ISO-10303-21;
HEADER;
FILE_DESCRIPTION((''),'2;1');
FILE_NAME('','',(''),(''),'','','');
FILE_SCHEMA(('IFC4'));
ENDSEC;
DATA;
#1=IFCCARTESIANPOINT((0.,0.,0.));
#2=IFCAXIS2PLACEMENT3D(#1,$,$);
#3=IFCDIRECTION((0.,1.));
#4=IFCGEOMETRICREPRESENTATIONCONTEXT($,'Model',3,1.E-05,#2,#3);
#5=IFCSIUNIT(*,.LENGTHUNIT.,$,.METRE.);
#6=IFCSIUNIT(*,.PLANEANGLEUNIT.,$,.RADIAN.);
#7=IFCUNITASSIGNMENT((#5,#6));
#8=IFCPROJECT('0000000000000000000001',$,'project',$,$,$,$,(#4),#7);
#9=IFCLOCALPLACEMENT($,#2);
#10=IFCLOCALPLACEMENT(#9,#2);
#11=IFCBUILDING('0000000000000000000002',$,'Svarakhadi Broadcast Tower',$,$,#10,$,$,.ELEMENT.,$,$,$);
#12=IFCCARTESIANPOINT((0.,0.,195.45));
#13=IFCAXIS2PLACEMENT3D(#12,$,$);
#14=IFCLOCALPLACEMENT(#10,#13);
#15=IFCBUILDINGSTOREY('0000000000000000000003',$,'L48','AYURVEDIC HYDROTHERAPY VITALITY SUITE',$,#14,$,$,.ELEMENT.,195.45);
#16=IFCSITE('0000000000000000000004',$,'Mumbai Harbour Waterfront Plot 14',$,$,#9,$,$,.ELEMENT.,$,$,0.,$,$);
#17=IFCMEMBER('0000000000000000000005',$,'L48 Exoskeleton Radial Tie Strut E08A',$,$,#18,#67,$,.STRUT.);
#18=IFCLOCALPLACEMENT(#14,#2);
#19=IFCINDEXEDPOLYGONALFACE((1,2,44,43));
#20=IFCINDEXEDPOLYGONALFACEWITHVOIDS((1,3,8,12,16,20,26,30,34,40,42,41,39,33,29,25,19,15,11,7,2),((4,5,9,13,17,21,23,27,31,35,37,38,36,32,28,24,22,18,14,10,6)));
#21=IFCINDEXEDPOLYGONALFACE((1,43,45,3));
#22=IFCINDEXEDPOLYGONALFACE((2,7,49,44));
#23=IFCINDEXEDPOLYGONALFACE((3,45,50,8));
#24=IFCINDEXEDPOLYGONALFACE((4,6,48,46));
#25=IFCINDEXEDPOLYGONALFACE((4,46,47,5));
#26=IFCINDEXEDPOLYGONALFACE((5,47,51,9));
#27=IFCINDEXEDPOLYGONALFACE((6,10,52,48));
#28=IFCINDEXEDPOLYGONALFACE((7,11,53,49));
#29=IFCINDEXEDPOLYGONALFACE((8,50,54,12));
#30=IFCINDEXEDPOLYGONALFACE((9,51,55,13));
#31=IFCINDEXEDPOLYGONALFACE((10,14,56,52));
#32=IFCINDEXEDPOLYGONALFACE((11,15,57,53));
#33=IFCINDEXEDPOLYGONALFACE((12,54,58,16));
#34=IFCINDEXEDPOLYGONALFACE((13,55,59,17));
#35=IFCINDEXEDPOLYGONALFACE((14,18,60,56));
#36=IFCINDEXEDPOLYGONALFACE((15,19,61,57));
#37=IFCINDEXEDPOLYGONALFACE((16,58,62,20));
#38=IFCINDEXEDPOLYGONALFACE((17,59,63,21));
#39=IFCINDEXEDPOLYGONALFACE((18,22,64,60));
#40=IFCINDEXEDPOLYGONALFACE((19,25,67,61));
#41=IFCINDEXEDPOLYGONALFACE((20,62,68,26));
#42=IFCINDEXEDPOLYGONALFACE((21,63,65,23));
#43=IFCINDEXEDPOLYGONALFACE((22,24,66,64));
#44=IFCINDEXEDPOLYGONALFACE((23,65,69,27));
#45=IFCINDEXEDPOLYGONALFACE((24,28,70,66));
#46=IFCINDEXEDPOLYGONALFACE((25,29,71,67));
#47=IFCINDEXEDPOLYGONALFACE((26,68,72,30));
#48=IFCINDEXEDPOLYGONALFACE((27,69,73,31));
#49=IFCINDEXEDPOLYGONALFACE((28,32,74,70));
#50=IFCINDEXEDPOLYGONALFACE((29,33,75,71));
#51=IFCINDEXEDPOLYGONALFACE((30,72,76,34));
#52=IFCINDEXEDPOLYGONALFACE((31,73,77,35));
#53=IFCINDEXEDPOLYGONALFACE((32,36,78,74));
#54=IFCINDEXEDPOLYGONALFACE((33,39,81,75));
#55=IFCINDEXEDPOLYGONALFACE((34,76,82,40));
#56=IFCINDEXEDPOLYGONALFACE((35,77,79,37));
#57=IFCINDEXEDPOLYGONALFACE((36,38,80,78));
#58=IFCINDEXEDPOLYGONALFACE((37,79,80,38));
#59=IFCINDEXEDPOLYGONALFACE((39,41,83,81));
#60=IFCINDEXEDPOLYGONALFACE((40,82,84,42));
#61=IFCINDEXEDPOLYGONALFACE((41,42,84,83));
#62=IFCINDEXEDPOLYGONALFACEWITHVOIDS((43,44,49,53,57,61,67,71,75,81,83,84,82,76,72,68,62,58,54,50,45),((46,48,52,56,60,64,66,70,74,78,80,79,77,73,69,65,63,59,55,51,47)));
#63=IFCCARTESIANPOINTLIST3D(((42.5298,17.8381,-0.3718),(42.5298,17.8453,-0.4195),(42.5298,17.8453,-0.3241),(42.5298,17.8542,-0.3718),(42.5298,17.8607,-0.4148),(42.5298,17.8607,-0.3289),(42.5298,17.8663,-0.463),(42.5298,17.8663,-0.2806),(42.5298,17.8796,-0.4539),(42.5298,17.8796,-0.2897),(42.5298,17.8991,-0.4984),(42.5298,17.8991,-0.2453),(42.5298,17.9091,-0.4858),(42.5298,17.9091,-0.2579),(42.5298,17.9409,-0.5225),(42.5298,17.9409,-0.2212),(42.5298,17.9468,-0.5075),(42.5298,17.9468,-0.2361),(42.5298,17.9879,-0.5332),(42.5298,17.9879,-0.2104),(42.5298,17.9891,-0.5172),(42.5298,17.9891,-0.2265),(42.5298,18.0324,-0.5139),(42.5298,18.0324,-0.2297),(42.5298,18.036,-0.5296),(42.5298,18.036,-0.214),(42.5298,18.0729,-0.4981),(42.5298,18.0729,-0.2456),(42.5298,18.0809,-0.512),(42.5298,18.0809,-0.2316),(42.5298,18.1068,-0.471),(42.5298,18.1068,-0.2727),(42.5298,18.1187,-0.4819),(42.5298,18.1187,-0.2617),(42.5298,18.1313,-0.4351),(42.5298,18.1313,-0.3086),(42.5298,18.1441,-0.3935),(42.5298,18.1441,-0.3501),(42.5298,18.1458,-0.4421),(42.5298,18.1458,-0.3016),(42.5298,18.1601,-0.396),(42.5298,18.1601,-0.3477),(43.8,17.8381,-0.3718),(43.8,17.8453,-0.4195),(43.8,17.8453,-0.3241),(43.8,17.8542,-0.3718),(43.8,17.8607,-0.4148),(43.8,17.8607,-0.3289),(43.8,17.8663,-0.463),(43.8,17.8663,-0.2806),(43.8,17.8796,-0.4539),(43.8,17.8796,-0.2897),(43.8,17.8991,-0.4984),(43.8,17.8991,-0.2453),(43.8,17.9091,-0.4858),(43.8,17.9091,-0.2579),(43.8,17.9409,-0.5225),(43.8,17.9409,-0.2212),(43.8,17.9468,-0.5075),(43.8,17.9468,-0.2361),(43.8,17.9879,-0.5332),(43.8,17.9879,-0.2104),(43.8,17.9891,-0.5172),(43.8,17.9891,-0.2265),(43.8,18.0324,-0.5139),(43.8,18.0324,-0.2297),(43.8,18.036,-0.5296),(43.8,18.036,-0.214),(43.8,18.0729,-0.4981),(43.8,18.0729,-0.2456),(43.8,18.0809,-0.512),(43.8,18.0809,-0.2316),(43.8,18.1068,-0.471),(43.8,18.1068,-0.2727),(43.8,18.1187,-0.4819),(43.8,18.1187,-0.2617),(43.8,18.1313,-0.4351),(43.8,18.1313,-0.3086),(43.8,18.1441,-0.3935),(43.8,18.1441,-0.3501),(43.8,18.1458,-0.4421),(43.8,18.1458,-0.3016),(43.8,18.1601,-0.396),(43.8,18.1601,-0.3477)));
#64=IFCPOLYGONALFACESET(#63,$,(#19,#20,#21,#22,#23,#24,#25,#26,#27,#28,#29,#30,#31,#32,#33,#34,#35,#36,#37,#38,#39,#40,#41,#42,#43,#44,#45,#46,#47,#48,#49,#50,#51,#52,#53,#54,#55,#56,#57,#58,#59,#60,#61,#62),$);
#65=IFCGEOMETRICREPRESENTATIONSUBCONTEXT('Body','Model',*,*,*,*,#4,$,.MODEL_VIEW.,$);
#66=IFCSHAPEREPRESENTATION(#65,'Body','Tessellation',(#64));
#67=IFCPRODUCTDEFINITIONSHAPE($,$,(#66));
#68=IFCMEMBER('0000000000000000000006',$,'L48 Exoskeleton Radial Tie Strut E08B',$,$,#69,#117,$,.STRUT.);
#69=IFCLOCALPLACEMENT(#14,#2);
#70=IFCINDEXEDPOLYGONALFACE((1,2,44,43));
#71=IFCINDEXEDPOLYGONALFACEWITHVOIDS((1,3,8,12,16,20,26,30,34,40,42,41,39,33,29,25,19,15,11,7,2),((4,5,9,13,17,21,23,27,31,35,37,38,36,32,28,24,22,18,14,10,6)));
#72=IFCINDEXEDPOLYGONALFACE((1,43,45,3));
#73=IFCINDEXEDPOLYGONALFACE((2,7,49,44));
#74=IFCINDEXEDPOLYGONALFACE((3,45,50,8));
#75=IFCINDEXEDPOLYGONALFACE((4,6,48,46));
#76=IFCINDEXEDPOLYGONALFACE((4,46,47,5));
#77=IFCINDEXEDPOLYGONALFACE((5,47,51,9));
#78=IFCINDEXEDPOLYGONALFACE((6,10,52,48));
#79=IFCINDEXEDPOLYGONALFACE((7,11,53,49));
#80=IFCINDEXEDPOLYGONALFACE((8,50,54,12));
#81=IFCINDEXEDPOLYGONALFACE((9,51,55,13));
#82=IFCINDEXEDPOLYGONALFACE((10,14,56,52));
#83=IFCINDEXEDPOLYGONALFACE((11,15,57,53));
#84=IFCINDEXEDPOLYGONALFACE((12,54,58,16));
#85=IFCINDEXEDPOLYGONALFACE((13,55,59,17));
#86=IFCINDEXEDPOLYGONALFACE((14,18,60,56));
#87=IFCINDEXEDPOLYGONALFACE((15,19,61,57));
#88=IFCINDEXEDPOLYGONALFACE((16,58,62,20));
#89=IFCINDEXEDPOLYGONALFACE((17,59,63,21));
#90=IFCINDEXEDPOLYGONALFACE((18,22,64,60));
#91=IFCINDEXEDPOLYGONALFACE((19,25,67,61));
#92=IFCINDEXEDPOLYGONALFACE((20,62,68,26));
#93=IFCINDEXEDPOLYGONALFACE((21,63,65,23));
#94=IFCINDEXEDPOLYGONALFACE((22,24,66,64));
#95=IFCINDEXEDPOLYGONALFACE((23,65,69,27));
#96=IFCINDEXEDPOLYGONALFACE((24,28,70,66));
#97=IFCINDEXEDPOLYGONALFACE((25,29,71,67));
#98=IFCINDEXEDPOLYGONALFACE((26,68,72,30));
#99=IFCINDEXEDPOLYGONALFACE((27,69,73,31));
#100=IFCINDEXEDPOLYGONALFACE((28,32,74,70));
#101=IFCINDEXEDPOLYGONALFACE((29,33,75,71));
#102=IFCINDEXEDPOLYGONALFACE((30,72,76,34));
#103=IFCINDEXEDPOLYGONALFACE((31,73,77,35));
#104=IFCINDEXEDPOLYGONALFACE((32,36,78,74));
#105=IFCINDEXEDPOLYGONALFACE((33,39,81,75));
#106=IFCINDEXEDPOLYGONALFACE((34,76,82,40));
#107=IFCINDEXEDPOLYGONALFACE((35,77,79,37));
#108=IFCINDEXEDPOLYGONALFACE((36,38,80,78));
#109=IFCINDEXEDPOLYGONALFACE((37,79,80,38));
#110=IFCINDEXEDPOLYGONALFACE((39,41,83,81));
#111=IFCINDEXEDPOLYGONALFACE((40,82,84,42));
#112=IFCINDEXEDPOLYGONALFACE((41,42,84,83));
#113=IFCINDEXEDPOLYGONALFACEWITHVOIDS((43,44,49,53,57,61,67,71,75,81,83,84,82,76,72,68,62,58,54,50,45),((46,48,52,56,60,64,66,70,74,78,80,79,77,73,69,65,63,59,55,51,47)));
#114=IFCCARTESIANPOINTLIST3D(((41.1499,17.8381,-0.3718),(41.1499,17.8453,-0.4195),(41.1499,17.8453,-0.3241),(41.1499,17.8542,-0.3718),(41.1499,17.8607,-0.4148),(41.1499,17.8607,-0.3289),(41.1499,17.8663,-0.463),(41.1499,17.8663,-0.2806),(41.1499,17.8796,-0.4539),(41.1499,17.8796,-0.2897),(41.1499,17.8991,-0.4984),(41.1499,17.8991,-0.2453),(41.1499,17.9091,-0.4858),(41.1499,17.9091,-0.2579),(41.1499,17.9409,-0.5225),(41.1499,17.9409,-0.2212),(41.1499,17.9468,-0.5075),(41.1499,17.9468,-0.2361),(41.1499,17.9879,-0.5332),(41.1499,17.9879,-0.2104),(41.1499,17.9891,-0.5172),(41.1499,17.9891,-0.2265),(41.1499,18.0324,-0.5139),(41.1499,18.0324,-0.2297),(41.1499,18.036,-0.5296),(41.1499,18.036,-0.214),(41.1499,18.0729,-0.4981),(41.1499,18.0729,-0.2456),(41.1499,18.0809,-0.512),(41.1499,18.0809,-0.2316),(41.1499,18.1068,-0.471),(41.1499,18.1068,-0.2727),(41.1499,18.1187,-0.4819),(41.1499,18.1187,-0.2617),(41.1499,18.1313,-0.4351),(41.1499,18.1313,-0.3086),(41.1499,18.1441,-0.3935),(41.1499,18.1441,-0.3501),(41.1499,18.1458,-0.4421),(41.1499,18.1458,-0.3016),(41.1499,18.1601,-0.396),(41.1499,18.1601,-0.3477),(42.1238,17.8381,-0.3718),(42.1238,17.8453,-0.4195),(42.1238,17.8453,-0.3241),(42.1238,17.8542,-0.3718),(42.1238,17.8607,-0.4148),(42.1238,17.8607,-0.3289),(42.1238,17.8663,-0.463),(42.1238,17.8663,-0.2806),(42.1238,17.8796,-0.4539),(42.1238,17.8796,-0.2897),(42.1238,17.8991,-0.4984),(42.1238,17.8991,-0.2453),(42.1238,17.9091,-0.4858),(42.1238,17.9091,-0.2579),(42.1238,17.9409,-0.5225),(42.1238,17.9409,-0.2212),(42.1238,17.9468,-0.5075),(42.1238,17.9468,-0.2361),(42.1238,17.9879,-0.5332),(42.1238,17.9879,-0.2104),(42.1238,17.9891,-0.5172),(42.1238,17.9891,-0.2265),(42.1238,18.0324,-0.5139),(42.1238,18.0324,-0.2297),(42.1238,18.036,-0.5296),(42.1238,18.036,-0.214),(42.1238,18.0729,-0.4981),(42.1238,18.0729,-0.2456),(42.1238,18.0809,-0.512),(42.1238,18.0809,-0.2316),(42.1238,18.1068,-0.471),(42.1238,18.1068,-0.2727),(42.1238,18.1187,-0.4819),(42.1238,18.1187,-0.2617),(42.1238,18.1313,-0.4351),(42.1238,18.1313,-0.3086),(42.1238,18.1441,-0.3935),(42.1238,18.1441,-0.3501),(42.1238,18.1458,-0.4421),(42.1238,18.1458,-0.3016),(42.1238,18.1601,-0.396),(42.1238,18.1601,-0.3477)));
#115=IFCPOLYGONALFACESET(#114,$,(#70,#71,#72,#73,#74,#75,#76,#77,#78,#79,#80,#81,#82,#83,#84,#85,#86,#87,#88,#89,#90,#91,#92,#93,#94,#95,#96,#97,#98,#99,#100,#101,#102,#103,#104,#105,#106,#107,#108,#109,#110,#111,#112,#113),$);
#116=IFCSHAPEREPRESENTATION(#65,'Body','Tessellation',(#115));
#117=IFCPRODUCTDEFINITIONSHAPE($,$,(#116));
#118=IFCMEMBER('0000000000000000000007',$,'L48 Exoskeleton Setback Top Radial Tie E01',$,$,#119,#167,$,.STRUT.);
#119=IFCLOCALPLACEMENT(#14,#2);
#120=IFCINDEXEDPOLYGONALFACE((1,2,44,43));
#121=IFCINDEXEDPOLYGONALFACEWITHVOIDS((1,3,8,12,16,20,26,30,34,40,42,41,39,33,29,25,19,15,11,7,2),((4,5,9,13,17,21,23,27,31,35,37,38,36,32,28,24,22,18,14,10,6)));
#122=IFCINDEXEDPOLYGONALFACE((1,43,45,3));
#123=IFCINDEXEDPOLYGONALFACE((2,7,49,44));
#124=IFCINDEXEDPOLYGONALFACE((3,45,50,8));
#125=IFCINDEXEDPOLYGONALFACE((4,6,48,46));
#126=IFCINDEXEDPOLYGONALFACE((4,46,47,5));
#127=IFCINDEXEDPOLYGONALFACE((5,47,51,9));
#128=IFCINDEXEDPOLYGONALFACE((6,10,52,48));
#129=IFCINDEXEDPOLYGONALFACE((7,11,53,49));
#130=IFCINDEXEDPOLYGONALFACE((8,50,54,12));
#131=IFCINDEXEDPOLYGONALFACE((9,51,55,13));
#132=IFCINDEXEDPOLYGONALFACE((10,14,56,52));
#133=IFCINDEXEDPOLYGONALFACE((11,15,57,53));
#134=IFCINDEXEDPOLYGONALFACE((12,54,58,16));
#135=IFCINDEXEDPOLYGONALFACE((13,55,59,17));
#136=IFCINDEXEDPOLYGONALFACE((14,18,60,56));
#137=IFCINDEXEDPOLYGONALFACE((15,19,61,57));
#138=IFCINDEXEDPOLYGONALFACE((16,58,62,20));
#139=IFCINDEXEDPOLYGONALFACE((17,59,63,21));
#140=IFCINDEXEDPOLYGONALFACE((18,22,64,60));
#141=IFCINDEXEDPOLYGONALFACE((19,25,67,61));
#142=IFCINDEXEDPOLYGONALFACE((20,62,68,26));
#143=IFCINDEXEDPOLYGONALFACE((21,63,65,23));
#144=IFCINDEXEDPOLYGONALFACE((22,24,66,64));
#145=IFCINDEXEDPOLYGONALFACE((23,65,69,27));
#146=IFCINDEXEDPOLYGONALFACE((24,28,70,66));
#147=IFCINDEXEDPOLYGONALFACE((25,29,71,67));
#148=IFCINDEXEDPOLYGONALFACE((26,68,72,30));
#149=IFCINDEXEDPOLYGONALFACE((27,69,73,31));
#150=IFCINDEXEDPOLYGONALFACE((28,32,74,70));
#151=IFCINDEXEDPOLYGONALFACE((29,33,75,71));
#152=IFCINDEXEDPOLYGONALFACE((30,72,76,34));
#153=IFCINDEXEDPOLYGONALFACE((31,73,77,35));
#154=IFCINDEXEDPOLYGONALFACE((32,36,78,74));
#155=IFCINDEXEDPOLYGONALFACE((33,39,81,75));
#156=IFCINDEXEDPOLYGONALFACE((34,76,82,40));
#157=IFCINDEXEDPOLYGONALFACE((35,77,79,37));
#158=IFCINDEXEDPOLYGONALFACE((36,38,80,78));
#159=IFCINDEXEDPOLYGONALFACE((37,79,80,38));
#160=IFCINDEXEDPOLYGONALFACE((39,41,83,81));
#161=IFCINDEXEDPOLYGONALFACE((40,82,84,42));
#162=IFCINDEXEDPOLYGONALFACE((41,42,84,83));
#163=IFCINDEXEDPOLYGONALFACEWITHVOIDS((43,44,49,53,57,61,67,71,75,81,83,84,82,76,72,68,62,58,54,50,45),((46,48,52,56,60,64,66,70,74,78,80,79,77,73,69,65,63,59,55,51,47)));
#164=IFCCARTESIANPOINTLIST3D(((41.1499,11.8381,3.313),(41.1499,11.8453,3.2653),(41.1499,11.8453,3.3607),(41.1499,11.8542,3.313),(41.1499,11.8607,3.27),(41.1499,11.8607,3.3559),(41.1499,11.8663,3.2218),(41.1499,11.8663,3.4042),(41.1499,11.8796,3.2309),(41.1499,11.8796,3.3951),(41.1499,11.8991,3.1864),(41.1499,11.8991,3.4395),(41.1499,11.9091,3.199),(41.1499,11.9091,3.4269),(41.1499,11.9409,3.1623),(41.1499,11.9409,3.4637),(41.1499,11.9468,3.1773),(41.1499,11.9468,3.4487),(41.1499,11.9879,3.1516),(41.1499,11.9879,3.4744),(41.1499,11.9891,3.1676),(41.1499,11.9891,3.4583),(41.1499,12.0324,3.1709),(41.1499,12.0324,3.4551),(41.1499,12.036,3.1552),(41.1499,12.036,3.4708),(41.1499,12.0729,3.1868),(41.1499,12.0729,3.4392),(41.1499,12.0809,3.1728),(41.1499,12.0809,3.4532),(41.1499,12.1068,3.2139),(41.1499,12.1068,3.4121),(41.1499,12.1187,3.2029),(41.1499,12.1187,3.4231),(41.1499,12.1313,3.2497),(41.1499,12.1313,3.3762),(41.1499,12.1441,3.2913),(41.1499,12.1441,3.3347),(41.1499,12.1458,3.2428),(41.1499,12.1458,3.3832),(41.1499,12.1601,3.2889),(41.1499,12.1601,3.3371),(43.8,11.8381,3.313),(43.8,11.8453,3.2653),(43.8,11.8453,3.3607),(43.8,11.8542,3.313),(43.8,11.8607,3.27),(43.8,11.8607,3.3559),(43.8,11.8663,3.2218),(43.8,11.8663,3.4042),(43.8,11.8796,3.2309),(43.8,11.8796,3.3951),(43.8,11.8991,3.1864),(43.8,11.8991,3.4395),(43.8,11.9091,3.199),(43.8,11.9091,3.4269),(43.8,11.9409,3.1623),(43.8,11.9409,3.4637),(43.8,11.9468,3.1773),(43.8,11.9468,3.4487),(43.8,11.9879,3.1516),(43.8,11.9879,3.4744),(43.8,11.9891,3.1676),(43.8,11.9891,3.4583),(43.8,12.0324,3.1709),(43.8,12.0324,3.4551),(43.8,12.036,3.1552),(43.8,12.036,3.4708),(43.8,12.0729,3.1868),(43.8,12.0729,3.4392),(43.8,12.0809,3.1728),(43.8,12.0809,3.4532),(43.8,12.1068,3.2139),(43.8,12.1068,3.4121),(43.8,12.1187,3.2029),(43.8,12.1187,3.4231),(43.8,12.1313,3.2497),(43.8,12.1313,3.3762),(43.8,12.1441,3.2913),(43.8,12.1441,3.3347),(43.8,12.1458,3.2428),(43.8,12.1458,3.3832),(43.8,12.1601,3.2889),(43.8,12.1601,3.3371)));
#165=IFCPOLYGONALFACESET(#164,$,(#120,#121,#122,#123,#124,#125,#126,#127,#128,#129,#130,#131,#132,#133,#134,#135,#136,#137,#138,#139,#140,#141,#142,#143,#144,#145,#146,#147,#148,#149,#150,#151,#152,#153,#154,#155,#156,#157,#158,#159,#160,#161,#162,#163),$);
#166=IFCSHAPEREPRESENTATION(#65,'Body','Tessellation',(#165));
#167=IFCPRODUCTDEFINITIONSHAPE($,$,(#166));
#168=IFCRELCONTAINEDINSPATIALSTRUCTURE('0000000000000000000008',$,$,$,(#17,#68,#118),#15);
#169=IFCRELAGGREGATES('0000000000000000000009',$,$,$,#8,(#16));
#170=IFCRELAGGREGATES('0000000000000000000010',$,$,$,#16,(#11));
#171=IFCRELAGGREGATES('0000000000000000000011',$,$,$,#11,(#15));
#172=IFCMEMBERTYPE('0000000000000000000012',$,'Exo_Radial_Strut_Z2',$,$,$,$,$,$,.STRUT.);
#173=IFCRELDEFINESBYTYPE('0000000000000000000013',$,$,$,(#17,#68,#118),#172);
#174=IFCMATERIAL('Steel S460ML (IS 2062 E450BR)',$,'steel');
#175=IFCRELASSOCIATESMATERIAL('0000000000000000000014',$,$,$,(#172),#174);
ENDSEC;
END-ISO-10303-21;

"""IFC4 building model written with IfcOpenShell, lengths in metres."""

from ifc_helpers import new_model, si_unit, direction, frame, origin, origin_2d, place, context, subcontext, project, spatial, hollow_circle, extrude, material, material_profile, profile_set, type_object, element, save


model = new_model("IFC4")

# Units and contexts
model_context = context("Model", 3, precision=1e-05, world=origin(), true_north=direction((0.0, 1.0)))
body_context = subcontext(model_context, "Body", "Model", "MODEL_VIEW")
ifc_project = project(units=[si_unit("LENGTHUNIT", "METRE"), si_unit("PLANEANGLEUNIT", "RADIAN")], contexts=[model_context])

# Site, building, storey
site_placement = place(None, origin())
site = spatial("IfcSite", under=ifc_project, at=site_placement, Name="Mumbai Harbour Waterfront Plot 14", CompositionType="ELEMENT", RefElevation=0.0)
building_placement = place(site_placement, origin())
building = spatial("IfcBuilding", under=site, at=building_placement, Name="Svarakhadi Broadcast Tower", CompositionType="ELEMENT")
storey_placement = place(building_placement, frame((0.0, 0.0, 195.45)))
storey = spatial("IfcBuildingStorey", under=building, at=storey_placement, Name="L48", Description="AYURVEDIC HYDROTHERAPY VITALITY SUITE", CompositionType="ELEMENT", Elevation=195.45)

# Shared definitions
ifc_material_1 = material(Name="Steel S460ML (IS 2062 E450BR)", Category="steel")

# Members
ifc_material_profile_1 = material_profile(ifc_material_1, hollow_circle(Radius=0.1619, WallThickness=0.0161, at=origin_2d()), Name="CHS 323.9x16")
ifc_profile_set_1 = profile_set([ifc_material_profile_1], Name="Steel S460ML (IS 2062 E450BR)")
member_type_1 = type_object("IfcMemberType", Name="Exo_Radial_Strut_Z2", PredefinedType="STRUT", material=ifc_profile_set_1)
member_1_placement = place(storey_placement, frame((43.8, 18.0, -0.3718), z_axis=(-1.0, 0.0, 0.0), x_axis=(0.0, -1.0, 0.0)))
element("IfcMember", 1, at=member_1_placement, inside=storey, type_object=member_type_1, Name="L48 Exoskeleton Radial Tie Strut E08A", PredefinedType="STRUT", context=body_context, shape_type="SweptSolid", body=[
    extrude(hollow_circle(Radius=0.1619, WallThickness=0.0161, at=origin_2d()), origin(), (0.0, 0.0, 1.0), 1.2703),
])
member_2_placement = place(storey_placement, frame((42.1238, 18.0, -0.3718), z_axis=(-1.0, 0.0, 0.0), x_axis=(0.0, -1.0, 0.0)))
element("IfcMember", 2, at=member_2_placement, inside=storey, type_object=member_type_1, Name="L48 Exoskeleton Radial Tie Strut E08B", PredefinedType="STRUT", context=body_context, shape_type="SweptSolid", body=[
    extrude(hollow_circle(Radius=0.1619, WallThickness=0.0161, at=origin_2d()), origin(), (0.0, 0.0, 1.0), 0.9739),
])
member_3_placement = place(storey_placement, frame((43.8, 12.0, 3.313), z_axis=(-1.0, 0.0, 0.0), x_axis=(0.0, -1.0, 0.0)))
element("IfcMember", 3, at=member_3_placement, inside=storey, type_object=member_type_1, Name="L48 Exoskeleton Setback Top Radial Tie E01", PredefinedType="STRUT", context=body_context, shape_type="SweptSolid", body=[
    extrude(hollow_circle(Radius=0.1619, WallThickness=0.0161, at=origin_2d()), origin(), (0.0, 0.0, 1.0), 2.6501),
])

save(model, "model.ifc")
